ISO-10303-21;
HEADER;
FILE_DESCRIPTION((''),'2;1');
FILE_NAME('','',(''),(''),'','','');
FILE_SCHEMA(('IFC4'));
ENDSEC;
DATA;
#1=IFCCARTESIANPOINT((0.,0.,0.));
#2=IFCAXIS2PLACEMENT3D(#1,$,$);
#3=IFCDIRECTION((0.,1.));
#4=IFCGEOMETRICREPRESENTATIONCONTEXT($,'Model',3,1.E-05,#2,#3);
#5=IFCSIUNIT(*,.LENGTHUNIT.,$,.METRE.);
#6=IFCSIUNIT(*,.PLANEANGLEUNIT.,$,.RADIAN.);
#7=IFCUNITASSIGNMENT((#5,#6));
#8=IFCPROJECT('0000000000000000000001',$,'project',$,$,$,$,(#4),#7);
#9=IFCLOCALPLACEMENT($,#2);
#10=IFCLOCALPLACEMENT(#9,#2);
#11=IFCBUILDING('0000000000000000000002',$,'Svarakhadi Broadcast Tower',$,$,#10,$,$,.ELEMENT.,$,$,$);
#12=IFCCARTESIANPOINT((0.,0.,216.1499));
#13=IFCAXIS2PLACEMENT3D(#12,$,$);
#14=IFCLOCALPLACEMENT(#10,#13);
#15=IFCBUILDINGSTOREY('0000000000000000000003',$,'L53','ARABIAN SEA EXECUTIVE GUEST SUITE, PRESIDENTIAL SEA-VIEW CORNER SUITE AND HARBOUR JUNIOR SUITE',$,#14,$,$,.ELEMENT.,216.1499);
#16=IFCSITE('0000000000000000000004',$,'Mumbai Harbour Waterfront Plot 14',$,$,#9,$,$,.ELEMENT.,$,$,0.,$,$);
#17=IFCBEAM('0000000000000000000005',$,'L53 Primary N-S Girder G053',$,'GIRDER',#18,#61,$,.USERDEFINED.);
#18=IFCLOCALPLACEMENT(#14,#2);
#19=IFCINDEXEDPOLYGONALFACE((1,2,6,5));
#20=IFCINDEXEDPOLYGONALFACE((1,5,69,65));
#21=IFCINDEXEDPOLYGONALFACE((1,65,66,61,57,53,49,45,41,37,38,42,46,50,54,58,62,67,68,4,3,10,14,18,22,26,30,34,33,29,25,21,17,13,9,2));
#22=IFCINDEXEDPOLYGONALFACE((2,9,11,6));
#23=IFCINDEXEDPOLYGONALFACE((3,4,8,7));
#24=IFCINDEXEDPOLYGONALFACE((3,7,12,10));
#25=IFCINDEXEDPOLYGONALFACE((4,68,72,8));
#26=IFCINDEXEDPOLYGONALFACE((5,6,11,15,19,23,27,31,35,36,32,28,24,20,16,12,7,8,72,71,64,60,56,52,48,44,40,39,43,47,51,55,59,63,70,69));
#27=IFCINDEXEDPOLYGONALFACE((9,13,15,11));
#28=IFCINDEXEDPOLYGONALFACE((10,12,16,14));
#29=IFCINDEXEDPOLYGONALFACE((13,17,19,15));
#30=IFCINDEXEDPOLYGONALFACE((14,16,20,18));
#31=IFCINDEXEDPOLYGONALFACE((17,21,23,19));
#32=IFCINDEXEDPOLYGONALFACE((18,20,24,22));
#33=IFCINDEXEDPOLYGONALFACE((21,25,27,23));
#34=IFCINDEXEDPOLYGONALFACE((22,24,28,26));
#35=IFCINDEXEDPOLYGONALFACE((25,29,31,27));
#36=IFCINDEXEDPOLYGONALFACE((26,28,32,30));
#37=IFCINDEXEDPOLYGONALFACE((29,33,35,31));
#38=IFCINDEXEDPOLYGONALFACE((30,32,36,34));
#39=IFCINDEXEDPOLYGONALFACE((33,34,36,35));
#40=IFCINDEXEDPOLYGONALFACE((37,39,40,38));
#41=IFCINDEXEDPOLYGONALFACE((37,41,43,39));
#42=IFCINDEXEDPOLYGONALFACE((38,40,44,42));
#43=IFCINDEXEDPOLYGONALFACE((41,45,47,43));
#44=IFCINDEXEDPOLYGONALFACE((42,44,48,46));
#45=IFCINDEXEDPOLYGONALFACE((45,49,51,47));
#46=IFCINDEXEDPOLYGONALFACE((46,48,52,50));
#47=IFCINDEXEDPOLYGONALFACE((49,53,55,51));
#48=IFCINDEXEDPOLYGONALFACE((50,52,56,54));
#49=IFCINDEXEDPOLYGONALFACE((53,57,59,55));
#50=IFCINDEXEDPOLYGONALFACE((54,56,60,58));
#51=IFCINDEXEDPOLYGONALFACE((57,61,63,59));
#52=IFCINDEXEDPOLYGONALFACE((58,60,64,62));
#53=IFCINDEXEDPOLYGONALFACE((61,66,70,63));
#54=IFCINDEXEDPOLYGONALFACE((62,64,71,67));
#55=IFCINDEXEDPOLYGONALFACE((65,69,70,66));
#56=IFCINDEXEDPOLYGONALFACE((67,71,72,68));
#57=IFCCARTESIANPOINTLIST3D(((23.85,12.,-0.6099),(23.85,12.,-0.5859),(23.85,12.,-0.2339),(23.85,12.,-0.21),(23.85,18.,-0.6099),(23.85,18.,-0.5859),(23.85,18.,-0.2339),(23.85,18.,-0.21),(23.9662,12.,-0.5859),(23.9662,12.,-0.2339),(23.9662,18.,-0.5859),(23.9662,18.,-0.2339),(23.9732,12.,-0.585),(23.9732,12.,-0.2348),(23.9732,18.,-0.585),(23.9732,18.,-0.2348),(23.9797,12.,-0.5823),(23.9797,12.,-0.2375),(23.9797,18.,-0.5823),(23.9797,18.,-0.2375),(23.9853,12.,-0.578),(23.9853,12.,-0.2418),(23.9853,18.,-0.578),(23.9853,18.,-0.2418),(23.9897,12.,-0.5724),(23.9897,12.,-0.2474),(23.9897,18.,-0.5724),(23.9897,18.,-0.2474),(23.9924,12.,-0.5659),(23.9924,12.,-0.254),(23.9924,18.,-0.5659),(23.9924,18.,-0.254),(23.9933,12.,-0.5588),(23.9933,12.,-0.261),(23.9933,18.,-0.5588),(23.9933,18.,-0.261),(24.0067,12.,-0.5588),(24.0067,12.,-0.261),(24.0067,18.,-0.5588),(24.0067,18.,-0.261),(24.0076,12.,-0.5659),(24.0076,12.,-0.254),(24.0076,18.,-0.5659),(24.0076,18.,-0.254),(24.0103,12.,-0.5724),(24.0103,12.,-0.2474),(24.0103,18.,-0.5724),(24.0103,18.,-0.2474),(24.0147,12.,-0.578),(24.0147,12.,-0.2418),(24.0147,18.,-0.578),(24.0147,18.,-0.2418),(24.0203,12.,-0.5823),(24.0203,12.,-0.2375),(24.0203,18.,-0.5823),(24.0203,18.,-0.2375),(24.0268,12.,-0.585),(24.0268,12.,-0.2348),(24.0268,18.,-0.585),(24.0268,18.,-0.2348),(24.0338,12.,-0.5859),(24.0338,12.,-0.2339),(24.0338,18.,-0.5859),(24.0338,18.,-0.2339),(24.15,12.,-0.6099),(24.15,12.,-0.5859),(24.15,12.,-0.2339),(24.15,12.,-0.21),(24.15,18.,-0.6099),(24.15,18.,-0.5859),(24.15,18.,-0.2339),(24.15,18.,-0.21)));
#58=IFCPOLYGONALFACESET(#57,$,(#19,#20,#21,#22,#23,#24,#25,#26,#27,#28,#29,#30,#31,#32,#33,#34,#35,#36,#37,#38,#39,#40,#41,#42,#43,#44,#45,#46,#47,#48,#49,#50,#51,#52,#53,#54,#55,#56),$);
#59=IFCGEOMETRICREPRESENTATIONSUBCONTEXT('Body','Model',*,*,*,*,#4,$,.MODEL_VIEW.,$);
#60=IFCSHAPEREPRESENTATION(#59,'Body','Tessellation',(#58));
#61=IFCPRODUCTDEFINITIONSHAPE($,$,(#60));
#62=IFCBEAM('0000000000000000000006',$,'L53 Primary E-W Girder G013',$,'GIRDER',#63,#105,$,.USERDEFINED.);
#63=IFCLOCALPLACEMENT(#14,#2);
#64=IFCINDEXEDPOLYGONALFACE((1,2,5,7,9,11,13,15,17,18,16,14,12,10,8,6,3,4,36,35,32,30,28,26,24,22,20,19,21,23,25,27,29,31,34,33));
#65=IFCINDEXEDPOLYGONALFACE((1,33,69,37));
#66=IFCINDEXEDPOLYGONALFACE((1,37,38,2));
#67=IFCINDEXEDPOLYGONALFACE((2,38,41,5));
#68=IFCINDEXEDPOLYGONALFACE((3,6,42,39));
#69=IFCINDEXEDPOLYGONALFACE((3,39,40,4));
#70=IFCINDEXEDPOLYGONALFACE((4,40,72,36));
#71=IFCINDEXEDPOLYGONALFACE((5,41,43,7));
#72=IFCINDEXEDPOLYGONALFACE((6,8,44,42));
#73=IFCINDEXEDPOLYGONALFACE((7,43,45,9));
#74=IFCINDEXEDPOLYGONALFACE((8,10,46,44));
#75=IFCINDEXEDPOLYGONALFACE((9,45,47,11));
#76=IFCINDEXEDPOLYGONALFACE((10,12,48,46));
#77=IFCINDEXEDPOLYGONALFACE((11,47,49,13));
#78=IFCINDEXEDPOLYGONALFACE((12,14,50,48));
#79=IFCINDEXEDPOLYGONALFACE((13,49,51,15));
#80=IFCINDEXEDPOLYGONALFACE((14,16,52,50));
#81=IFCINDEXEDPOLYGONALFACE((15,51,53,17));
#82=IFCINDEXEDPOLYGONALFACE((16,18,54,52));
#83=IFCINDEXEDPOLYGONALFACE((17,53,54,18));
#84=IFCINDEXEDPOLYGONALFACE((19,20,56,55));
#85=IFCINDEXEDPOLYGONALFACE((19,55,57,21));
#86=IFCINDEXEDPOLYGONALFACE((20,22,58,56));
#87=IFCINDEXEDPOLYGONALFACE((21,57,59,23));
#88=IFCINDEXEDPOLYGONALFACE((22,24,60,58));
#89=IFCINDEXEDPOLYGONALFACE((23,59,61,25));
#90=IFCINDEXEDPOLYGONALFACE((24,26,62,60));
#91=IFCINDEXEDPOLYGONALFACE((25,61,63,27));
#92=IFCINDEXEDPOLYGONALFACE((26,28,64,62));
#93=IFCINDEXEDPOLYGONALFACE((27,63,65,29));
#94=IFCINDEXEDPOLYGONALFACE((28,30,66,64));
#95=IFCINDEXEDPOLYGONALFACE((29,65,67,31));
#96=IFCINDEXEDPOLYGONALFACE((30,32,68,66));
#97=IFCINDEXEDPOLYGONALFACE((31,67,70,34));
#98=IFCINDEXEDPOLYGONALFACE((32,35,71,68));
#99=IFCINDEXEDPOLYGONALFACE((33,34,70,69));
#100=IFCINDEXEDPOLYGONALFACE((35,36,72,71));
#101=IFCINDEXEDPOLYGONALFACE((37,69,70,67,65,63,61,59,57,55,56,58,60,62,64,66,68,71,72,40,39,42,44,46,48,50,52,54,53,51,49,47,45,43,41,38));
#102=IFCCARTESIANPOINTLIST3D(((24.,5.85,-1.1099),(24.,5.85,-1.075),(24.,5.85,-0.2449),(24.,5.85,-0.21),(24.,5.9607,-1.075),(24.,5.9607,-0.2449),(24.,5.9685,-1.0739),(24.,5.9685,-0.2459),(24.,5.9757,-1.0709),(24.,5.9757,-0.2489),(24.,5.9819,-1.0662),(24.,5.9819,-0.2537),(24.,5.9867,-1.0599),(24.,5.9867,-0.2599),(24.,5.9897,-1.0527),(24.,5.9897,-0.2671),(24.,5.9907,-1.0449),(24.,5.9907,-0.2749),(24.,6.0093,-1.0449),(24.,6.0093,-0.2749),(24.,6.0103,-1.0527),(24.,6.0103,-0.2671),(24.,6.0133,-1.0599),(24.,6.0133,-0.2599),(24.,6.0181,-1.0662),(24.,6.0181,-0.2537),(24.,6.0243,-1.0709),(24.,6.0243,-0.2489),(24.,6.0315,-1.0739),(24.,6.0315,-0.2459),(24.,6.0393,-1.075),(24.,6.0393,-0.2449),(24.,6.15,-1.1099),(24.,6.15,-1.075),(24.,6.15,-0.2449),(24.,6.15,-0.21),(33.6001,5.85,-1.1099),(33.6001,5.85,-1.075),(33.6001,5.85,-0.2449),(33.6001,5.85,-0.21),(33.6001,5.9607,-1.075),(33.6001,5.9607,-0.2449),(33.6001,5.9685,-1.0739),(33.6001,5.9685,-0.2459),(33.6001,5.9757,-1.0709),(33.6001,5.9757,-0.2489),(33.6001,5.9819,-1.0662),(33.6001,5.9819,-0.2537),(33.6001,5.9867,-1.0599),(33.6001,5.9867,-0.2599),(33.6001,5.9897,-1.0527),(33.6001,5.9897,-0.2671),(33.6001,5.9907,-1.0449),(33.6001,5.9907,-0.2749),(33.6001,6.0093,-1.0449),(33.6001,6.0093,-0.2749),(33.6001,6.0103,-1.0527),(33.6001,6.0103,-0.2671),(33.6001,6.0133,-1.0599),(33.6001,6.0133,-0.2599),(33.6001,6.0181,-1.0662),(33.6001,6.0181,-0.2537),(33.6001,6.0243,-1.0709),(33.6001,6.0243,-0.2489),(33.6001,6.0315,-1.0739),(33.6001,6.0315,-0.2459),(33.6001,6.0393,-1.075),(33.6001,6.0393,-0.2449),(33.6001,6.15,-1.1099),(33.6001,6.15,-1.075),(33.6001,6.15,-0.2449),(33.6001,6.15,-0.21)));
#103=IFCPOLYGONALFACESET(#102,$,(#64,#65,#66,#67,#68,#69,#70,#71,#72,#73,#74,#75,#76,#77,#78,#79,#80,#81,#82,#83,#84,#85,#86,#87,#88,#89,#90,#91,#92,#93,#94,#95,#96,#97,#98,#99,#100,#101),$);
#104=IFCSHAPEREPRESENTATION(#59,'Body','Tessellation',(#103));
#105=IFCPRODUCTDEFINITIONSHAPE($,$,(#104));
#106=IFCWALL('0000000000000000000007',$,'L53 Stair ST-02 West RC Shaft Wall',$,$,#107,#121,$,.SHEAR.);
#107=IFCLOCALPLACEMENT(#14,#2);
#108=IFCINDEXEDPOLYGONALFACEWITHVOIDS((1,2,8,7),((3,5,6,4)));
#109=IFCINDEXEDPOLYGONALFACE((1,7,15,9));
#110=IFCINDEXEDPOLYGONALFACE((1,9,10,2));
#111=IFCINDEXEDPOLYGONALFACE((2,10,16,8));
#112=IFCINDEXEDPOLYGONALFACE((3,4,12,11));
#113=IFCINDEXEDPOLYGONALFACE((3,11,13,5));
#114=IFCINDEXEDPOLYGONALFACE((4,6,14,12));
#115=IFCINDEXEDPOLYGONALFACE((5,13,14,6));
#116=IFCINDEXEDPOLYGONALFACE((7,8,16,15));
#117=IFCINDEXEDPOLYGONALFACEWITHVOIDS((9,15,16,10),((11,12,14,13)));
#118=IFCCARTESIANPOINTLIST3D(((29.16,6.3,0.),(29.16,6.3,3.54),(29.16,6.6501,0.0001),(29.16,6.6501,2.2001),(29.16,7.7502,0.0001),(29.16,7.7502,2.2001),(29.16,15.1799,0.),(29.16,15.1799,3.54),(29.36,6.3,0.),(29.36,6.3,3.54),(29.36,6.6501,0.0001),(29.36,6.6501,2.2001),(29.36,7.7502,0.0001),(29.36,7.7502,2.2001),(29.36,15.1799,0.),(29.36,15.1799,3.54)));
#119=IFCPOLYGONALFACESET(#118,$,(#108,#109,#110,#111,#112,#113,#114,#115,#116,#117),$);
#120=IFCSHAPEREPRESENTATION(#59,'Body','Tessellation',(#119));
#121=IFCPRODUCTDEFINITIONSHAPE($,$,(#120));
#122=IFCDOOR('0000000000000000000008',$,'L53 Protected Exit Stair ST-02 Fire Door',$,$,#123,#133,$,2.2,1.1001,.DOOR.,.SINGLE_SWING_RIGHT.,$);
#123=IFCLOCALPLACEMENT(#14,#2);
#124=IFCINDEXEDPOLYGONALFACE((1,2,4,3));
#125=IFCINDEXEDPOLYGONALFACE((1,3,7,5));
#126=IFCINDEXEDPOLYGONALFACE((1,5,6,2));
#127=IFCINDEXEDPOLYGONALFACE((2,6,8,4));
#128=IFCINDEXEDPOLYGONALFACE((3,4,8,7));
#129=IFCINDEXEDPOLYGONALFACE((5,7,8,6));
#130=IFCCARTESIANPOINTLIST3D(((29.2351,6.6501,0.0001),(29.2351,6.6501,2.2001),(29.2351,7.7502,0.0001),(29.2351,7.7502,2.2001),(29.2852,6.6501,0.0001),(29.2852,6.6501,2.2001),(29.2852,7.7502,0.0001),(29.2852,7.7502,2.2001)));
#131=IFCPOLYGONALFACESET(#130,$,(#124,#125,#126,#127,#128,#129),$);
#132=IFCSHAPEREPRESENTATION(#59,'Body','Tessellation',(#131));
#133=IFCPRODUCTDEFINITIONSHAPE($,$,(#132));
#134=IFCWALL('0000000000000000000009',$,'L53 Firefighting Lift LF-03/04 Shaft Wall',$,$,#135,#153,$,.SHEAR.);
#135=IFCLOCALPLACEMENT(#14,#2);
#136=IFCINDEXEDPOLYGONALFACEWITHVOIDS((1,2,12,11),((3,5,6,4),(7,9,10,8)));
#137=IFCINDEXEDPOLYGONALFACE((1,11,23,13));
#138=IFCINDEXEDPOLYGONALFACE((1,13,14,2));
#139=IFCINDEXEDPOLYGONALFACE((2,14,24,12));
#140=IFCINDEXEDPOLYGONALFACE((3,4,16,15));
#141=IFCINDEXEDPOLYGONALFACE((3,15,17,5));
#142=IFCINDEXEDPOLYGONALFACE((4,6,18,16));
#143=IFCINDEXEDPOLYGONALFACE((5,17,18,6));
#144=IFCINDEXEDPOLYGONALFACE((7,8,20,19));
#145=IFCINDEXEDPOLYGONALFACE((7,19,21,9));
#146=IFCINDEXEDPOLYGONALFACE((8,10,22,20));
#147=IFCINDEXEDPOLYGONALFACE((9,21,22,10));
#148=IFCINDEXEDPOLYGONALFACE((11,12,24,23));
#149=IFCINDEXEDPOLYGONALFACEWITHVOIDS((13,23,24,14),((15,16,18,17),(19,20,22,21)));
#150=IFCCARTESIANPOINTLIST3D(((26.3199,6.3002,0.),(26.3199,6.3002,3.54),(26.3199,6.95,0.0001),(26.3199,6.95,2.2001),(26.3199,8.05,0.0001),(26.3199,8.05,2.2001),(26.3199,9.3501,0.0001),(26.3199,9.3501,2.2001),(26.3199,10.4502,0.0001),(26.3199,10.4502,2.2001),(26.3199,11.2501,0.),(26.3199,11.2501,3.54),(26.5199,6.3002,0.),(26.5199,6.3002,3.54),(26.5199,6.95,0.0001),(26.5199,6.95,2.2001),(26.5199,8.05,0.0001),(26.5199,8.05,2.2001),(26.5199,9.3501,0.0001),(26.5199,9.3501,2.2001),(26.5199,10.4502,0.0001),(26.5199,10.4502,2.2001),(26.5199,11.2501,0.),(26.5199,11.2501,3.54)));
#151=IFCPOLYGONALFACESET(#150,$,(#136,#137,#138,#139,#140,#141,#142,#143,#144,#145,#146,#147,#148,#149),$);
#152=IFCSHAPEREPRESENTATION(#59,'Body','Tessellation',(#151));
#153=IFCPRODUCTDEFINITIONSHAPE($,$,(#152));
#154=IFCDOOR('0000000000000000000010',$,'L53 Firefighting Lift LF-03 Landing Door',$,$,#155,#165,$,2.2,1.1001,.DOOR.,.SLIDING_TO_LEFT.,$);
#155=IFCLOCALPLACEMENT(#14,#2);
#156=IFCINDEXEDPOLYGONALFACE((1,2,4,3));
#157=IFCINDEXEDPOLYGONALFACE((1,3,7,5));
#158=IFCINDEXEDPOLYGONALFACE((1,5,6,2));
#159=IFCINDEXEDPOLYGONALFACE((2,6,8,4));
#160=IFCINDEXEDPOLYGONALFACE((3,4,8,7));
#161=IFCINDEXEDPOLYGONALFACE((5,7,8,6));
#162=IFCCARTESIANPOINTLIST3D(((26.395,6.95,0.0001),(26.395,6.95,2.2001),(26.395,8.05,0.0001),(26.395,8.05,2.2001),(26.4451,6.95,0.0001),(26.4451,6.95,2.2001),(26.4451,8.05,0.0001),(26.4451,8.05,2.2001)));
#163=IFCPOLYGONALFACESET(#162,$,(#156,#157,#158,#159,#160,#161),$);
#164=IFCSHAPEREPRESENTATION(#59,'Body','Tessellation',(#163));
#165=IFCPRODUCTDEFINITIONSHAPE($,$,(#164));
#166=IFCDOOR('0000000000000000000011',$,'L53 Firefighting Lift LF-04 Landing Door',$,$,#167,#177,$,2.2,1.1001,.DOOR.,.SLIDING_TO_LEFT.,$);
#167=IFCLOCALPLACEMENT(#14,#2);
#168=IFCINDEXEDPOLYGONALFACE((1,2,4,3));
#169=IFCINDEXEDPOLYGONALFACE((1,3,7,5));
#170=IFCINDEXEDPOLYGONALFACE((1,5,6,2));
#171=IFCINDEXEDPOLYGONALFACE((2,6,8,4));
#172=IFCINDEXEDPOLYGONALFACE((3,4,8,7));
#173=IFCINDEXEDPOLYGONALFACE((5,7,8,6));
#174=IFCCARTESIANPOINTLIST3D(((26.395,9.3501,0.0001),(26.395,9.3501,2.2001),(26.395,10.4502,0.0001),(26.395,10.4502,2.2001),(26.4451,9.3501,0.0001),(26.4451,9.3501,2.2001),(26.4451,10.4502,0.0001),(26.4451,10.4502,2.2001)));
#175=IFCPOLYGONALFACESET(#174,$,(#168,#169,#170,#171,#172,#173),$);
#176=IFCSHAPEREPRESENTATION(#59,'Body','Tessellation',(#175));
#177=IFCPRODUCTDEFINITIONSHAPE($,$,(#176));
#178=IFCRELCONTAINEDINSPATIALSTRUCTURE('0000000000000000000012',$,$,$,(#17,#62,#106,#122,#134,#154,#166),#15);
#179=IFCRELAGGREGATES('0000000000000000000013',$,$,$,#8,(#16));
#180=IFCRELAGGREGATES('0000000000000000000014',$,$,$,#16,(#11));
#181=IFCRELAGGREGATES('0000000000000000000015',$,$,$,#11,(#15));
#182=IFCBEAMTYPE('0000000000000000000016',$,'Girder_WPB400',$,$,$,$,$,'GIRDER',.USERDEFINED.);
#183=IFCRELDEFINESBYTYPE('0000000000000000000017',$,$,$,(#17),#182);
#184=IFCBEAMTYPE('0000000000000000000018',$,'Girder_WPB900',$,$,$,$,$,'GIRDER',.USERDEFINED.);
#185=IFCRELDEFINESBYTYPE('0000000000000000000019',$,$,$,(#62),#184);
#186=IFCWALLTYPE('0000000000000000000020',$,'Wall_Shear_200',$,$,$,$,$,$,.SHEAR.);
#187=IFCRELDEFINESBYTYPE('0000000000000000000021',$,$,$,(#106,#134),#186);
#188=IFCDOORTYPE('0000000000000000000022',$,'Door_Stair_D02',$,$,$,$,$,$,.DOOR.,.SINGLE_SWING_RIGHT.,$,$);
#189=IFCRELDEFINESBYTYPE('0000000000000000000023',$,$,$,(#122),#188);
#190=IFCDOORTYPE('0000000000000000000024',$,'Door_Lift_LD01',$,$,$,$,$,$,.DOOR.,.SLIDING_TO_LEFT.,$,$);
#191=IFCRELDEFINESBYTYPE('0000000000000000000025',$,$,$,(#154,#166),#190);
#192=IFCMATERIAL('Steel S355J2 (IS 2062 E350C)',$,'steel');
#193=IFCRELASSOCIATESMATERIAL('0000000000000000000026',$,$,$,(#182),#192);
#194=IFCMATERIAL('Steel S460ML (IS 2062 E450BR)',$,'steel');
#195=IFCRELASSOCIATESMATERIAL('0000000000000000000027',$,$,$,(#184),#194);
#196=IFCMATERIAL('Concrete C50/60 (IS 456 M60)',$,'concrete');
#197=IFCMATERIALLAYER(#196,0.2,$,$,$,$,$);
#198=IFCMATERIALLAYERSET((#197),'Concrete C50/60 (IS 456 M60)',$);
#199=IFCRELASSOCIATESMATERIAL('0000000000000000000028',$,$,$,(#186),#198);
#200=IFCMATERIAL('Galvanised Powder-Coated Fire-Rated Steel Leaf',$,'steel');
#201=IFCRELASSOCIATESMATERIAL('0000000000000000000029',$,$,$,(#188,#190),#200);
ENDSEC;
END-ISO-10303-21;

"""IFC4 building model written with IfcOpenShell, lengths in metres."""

from ifc_helpers import new_model, si_unit, direction, frame, frame_2d, origin, origin_2d, place, context, subcontext, project, spatial, rectangle, i_section, extrude, material, layer, layer_set, material_profile, profile_set, type_object, element, fill, save


model = new_model("IFC4")

# Units and contexts
model_context = context("Model", 3, precision=1e-05, world=origin(), true_north=direction((0.0, 1.0)))
body_context = subcontext(model_context, "Body", "Model", "MODEL_VIEW")
ifc_project = project(units=[si_unit("LENGTHUNIT", "METRE"), si_unit("PLANEANGLEUNIT", "RADIAN")], contexts=[model_context])

# Site, building, storey
site_placement = place(None, origin())
site = spatial("IfcSite", under=ifc_project, at=site_placement, Name="Mumbai Harbour Waterfront Plot 14", CompositionType="ELEMENT", RefElevation=0.0)
building_placement = place(site_placement, origin())
building = spatial("IfcBuilding", under=site, at=building_placement, Name="Svarakhadi Broadcast Tower", CompositionType="ELEMENT")
storey_placement = place(building_placement, frame((0.0, 0.0, 216.1499)))
storey = spatial("IfcBuildingStorey", under=building, at=storey_placement, Name="L53", Description="ARABIAN SEA EXECUTIVE GUEST SUITE, PRESIDENTIAL SEA-VIEW CORNER SUITE AND HARBOUR JUNIOR SUITE", CompositionType="ELEMENT", Elevation=216.1499)

# Shared definitions
ifc_material_1 = material(Name="Concrete C50/60 (IS 456 M60)", Category="concrete")
ifc_material_2 = material(Name="Steel S460ML (IS 2062 E450BR)", Category="steel")

# Beams
ifc_material_3 = material(Name="Steel S355J2 (IS 2062 E350C)", Category="steel")
ifc_material_profile_1 = material_profile(ifc_material_3, i_section(OverallWidth=0.3, OverallDepth=0.3999, WebThickness=0.0134, FlangeThickness=0.0239, FilletRadius=0.0271, at=origin_2d()), Name="WPB 400x300x155")
ifc_profile_set_1 = profile_set([ifc_material_profile_1], Name="Steel S355J2 (IS 2062 E350C)")
beam_type_1 = type_object("IfcBeamType", Name="Girder_WPB400", ElementType="GIRDER", PredefinedType="USERDEFINED", material=ifc_profile_set_1)
for number, where, z_axis, x_axis, name in (
    (1, (24.0, 12.0, -0.4099), (0.0, 1.0, 0.0), (-1.0, 0.0, 0.0), "L53 Primary N-S Girder G053"),
):
    element("IfcBeam", number, at=place(storey_placement, frame(where, z_axis=z_axis, x_axis=x_axis)), inside=storey, type_object=beam_type_1, Name=name, ObjectType="GIRDER", PredefinedType="USERDEFINED", context=body_context, shape_type="SweptSolid", body=[
        extrude(i_section(OverallWidth=0.3, OverallDepth=0.3999, WebThickness=0.0134, FlangeThickness=0.0239, FilletRadius=0.0271, at=origin_2d()), origin(), (0.0, 0.0, 1.0), 6.0),
    ])
ifc_material_profile_2 = material_profile(ifc_material_2, i_section(OverallWidth=0.3, OverallDepth=0.8999, WebThickness=0.0186, FlangeThickness=0.0349, FilletRadius=0.03, at=origin_2d()), Name="WPB 900x300x291")
ifc_profile_set_2 = profile_set([ifc_material_profile_2], Name="Steel S460ML (IS 2062 E450BR)")
beam_type_2 = type_object("IfcBeamType", Name="Girder_WPB900", ElementType="GIRDER", PredefinedType="USERDEFINED", material=ifc_profile_set_2)
beam_1_placement = place(storey_placement, frame((24.0, 6.0, -0.6599), z_axis=(1.0, 0.0, 0.0), x_axis=(0.0, 1.0, 0.0)))
element("IfcBeam", 2, at=beam_1_placement, inside=storey, type_object=beam_type_2, Name="L53 Primary E-W Girder G013", ObjectType="GIRDER", PredefinedType="USERDEFINED", context=body_context, shape_type="SweptSolid", body=[
    extrude(i_section(OverallWidth=0.3, OverallDepth=0.8999, WebThickness=0.0186, FlangeThickness=0.0349, FilletRadius=0.03, at=origin_2d()), origin(), (0.0, 0.0, 1.0), 9.6001),
])

# Wall, opening, door
ifc_layer_1 = layer(ifc_material_1, 0.2)
ifc_layer_set_1 = layer_set([ifc_layer_1], Name="Concrete C50/60 (IS 456 M60)")
wall_type_1 = type_object("IfcWallType", Name="Wall_Shear_200", PredefinedType="SHEAR", material=ifc_layer_set_1)
wall_1_placement = place(storey_placement, frame((29.26, 6.3, 0.0), z_axis=(0.0, 0.0, 1.0), x_axis=(0.0, 1.0, 0.0)))
wall_1 = element("IfcWall", 3, at=wall_1_placement, inside=storey, type_object=wall_type_1, Name="L53 Stair ST-02 West RC Shaft Wall", PredefinedType="SHEAR", context=body_context, shape_type="SweptSolid", body=[
    extrude(rectangle(XDim=8.8799, YDim=0.2, at=frame_2d((4.4399, 0.0))), origin(), (0.0, 0.0, 1.0), 3.54),
])
opening_1_placement = place(wall_1_placement, frame((0.3501, 0.0, 0.0)))
opening_1 = element("IfcOpeningElement", 4, at=opening_1_placement, cuts=wall_1, PredefinedType="OPENING", context=body_context, shape_type="SweptSolid", body=[
    extrude(rectangle(XDim=1.1001, YDim=2.2, at=frame_2d((0.55, 1.1001))), frame((0.0, 0.1099, 0.0), z_axis=(0.0, -1.0, 0.0), x_axis=(1.0, 0.0, 0.0)), (0.0, 0.0, 1.0), 0.22),
])
ifc_material_4 = material(Name="Galvanised Powder-Coated Fire-Rated Steel Leaf", Category="steel")
door_type_1 = type_object("IfcDoorType", Name="Door_Stair_D02", OperationType="SINGLE_SWING_RIGHT", PredefinedType="DOOR", material=ifc_material_4)
door_1_placement = place(opening_1_placement, origin())
door_1 = element("IfcDoor", 5, at=door_1_placement, inside=storey, type_object=door_type_1, Name="L53 Protected Exit Stair ST-02 Fire Door", OperationType="SINGLE_SWING_RIGHT", OverallHeight=2.2, OverallWidth=1.1001, PredefinedType="DOOR", context=body_context, shape_type="SweptSolid", body=[
    extrude(rectangle(XDim=1.1001, YDim=2.2, at=frame_2d((0.55, 1.1001))), frame((0.0, 0.0249, 0.0), z_axis=(0.0, -1.0, 0.0), x_axis=(1.0, 0.0, 0.0)), (0.0, 0.0, 1.0), 0.05),
])
fill(opening_1, door_1)

# Wall, openings, doors
wall_2_placement = place(storey_placement, frame((26.4199, 6.3, 0.0), z_axis=(0.0, 0.0, 1.0), x_axis=(0.0, 1.0, 0.0)))
wall_2 = element("IfcWall", 6, at=wall_2_placement, inside=storey, type_object=wall_type_1, Name="L53 Firefighting Lift LF-03/04 Shaft Wall", PredefinedType="SHEAR", context=body_context, shape_type="SweptSolid", body=[
    extrude(rectangle(XDim=4.95, YDim=0.2, at=frame_2d((2.4751, 0.0))), origin(), (0.0, 0.0, 1.0), 3.54),
])
opening_2_placement = place(wall_2_placement, frame((0.6499, 0.0, 0.0)))
opening_2 = element("IfcOpeningElement", 7, at=opening_2_placement, cuts=wall_2, PredefinedType="OPENING", context=body_context, shape_type="SweptSolid", body=[
    extrude(rectangle(XDim=1.1001, YDim=2.2, at=frame_2d((0.55, 1.1001))), frame((0.0, 0.1099, 0.0), z_axis=(0.0, -1.0, 0.0), x_axis=(1.0, 0.0, 0.0)), (0.0, 0.0, 1.0), 0.22),
])
opening_3_placement = place(wall_2_placement, frame((3.05, 0.0, 0.0)))
opening_3 = element("IfcOpeningElement", 8, at=opening_3_placement, cuts=wall_2, PredefinedType="OPENING", context=body_context, shape_type="SweptSolid", body=[
    extrude(rectangle(XDim=1.1001, YDim=2.2, at=frame_2d((0.55, 1.1001))), frame((0.0, 0.1099, 0.0), z_axis=(0.0, -1.0, 0.0), x_axis=(1.0, 0.0, 0.0)), (0.0, 0.0, 1.0), 0.22),
])
door_type_2 = type_object("IfcDoorType", Name="Door_Lift_LD01", OperationType="SLIDING_TO_LEFT", PredefinedType="DOOR", material=ifc_material_4)
door_2_placement = place(opening_2_placement, origin())
door_2 = element("IfcDoor", 9, at=door_2_placement, inside=storey, type_object=door_type_2, Name="L53 Firefighting Lift LF-03 Landing Door", OperationType="SLIDING_TO_LEFT", OverallHeight=2.2, OverallWidth=1.1001, PredefinedType="DOOR", context=body_context, shape_type="SweptSolid", body=[
    extrude(rectangle(XDim=1.1001, YDim=2.2, at=frame_2d((0.55, 1.1001))), frame((0.0, 0.0249, 0.0), z_axis=(0.0, -1.0, 0.0), x_axis=(1.0, 0.0, 0.0)), (0.0, 0.0, 1.0), 0.05),
])
fill(opening_2, door_2)
door_3_placement = place(opening_3_placement, origin())
door_3 = element("IfcDoor", 10, at=door_3_placement, inside=storey, type_object=door_type_2, Name="L53 Firefighting Lift LF-04 Landing Door", OperationType="SLIDING_TO_LEFT", OverallHeight=2.2, OverallWidth=1.1001, PredefinedType="DOOR", context=body_context, shape_type="SweptSolid", body=[
    extrude(rectangle(XDim=1.1001, YDim=2.2, at=frame_2d((0.55, 1.1001))), frame((0.0, 0.0249, 0.0), z_axis=(0.0, -1.0, 0.0), x_axis=(1.0, 0.0, 0.0)), (0.0, 0.0, 1.0), 0.05),
])
fill(opening_3, door_3)

save(model, "model.ifc")
